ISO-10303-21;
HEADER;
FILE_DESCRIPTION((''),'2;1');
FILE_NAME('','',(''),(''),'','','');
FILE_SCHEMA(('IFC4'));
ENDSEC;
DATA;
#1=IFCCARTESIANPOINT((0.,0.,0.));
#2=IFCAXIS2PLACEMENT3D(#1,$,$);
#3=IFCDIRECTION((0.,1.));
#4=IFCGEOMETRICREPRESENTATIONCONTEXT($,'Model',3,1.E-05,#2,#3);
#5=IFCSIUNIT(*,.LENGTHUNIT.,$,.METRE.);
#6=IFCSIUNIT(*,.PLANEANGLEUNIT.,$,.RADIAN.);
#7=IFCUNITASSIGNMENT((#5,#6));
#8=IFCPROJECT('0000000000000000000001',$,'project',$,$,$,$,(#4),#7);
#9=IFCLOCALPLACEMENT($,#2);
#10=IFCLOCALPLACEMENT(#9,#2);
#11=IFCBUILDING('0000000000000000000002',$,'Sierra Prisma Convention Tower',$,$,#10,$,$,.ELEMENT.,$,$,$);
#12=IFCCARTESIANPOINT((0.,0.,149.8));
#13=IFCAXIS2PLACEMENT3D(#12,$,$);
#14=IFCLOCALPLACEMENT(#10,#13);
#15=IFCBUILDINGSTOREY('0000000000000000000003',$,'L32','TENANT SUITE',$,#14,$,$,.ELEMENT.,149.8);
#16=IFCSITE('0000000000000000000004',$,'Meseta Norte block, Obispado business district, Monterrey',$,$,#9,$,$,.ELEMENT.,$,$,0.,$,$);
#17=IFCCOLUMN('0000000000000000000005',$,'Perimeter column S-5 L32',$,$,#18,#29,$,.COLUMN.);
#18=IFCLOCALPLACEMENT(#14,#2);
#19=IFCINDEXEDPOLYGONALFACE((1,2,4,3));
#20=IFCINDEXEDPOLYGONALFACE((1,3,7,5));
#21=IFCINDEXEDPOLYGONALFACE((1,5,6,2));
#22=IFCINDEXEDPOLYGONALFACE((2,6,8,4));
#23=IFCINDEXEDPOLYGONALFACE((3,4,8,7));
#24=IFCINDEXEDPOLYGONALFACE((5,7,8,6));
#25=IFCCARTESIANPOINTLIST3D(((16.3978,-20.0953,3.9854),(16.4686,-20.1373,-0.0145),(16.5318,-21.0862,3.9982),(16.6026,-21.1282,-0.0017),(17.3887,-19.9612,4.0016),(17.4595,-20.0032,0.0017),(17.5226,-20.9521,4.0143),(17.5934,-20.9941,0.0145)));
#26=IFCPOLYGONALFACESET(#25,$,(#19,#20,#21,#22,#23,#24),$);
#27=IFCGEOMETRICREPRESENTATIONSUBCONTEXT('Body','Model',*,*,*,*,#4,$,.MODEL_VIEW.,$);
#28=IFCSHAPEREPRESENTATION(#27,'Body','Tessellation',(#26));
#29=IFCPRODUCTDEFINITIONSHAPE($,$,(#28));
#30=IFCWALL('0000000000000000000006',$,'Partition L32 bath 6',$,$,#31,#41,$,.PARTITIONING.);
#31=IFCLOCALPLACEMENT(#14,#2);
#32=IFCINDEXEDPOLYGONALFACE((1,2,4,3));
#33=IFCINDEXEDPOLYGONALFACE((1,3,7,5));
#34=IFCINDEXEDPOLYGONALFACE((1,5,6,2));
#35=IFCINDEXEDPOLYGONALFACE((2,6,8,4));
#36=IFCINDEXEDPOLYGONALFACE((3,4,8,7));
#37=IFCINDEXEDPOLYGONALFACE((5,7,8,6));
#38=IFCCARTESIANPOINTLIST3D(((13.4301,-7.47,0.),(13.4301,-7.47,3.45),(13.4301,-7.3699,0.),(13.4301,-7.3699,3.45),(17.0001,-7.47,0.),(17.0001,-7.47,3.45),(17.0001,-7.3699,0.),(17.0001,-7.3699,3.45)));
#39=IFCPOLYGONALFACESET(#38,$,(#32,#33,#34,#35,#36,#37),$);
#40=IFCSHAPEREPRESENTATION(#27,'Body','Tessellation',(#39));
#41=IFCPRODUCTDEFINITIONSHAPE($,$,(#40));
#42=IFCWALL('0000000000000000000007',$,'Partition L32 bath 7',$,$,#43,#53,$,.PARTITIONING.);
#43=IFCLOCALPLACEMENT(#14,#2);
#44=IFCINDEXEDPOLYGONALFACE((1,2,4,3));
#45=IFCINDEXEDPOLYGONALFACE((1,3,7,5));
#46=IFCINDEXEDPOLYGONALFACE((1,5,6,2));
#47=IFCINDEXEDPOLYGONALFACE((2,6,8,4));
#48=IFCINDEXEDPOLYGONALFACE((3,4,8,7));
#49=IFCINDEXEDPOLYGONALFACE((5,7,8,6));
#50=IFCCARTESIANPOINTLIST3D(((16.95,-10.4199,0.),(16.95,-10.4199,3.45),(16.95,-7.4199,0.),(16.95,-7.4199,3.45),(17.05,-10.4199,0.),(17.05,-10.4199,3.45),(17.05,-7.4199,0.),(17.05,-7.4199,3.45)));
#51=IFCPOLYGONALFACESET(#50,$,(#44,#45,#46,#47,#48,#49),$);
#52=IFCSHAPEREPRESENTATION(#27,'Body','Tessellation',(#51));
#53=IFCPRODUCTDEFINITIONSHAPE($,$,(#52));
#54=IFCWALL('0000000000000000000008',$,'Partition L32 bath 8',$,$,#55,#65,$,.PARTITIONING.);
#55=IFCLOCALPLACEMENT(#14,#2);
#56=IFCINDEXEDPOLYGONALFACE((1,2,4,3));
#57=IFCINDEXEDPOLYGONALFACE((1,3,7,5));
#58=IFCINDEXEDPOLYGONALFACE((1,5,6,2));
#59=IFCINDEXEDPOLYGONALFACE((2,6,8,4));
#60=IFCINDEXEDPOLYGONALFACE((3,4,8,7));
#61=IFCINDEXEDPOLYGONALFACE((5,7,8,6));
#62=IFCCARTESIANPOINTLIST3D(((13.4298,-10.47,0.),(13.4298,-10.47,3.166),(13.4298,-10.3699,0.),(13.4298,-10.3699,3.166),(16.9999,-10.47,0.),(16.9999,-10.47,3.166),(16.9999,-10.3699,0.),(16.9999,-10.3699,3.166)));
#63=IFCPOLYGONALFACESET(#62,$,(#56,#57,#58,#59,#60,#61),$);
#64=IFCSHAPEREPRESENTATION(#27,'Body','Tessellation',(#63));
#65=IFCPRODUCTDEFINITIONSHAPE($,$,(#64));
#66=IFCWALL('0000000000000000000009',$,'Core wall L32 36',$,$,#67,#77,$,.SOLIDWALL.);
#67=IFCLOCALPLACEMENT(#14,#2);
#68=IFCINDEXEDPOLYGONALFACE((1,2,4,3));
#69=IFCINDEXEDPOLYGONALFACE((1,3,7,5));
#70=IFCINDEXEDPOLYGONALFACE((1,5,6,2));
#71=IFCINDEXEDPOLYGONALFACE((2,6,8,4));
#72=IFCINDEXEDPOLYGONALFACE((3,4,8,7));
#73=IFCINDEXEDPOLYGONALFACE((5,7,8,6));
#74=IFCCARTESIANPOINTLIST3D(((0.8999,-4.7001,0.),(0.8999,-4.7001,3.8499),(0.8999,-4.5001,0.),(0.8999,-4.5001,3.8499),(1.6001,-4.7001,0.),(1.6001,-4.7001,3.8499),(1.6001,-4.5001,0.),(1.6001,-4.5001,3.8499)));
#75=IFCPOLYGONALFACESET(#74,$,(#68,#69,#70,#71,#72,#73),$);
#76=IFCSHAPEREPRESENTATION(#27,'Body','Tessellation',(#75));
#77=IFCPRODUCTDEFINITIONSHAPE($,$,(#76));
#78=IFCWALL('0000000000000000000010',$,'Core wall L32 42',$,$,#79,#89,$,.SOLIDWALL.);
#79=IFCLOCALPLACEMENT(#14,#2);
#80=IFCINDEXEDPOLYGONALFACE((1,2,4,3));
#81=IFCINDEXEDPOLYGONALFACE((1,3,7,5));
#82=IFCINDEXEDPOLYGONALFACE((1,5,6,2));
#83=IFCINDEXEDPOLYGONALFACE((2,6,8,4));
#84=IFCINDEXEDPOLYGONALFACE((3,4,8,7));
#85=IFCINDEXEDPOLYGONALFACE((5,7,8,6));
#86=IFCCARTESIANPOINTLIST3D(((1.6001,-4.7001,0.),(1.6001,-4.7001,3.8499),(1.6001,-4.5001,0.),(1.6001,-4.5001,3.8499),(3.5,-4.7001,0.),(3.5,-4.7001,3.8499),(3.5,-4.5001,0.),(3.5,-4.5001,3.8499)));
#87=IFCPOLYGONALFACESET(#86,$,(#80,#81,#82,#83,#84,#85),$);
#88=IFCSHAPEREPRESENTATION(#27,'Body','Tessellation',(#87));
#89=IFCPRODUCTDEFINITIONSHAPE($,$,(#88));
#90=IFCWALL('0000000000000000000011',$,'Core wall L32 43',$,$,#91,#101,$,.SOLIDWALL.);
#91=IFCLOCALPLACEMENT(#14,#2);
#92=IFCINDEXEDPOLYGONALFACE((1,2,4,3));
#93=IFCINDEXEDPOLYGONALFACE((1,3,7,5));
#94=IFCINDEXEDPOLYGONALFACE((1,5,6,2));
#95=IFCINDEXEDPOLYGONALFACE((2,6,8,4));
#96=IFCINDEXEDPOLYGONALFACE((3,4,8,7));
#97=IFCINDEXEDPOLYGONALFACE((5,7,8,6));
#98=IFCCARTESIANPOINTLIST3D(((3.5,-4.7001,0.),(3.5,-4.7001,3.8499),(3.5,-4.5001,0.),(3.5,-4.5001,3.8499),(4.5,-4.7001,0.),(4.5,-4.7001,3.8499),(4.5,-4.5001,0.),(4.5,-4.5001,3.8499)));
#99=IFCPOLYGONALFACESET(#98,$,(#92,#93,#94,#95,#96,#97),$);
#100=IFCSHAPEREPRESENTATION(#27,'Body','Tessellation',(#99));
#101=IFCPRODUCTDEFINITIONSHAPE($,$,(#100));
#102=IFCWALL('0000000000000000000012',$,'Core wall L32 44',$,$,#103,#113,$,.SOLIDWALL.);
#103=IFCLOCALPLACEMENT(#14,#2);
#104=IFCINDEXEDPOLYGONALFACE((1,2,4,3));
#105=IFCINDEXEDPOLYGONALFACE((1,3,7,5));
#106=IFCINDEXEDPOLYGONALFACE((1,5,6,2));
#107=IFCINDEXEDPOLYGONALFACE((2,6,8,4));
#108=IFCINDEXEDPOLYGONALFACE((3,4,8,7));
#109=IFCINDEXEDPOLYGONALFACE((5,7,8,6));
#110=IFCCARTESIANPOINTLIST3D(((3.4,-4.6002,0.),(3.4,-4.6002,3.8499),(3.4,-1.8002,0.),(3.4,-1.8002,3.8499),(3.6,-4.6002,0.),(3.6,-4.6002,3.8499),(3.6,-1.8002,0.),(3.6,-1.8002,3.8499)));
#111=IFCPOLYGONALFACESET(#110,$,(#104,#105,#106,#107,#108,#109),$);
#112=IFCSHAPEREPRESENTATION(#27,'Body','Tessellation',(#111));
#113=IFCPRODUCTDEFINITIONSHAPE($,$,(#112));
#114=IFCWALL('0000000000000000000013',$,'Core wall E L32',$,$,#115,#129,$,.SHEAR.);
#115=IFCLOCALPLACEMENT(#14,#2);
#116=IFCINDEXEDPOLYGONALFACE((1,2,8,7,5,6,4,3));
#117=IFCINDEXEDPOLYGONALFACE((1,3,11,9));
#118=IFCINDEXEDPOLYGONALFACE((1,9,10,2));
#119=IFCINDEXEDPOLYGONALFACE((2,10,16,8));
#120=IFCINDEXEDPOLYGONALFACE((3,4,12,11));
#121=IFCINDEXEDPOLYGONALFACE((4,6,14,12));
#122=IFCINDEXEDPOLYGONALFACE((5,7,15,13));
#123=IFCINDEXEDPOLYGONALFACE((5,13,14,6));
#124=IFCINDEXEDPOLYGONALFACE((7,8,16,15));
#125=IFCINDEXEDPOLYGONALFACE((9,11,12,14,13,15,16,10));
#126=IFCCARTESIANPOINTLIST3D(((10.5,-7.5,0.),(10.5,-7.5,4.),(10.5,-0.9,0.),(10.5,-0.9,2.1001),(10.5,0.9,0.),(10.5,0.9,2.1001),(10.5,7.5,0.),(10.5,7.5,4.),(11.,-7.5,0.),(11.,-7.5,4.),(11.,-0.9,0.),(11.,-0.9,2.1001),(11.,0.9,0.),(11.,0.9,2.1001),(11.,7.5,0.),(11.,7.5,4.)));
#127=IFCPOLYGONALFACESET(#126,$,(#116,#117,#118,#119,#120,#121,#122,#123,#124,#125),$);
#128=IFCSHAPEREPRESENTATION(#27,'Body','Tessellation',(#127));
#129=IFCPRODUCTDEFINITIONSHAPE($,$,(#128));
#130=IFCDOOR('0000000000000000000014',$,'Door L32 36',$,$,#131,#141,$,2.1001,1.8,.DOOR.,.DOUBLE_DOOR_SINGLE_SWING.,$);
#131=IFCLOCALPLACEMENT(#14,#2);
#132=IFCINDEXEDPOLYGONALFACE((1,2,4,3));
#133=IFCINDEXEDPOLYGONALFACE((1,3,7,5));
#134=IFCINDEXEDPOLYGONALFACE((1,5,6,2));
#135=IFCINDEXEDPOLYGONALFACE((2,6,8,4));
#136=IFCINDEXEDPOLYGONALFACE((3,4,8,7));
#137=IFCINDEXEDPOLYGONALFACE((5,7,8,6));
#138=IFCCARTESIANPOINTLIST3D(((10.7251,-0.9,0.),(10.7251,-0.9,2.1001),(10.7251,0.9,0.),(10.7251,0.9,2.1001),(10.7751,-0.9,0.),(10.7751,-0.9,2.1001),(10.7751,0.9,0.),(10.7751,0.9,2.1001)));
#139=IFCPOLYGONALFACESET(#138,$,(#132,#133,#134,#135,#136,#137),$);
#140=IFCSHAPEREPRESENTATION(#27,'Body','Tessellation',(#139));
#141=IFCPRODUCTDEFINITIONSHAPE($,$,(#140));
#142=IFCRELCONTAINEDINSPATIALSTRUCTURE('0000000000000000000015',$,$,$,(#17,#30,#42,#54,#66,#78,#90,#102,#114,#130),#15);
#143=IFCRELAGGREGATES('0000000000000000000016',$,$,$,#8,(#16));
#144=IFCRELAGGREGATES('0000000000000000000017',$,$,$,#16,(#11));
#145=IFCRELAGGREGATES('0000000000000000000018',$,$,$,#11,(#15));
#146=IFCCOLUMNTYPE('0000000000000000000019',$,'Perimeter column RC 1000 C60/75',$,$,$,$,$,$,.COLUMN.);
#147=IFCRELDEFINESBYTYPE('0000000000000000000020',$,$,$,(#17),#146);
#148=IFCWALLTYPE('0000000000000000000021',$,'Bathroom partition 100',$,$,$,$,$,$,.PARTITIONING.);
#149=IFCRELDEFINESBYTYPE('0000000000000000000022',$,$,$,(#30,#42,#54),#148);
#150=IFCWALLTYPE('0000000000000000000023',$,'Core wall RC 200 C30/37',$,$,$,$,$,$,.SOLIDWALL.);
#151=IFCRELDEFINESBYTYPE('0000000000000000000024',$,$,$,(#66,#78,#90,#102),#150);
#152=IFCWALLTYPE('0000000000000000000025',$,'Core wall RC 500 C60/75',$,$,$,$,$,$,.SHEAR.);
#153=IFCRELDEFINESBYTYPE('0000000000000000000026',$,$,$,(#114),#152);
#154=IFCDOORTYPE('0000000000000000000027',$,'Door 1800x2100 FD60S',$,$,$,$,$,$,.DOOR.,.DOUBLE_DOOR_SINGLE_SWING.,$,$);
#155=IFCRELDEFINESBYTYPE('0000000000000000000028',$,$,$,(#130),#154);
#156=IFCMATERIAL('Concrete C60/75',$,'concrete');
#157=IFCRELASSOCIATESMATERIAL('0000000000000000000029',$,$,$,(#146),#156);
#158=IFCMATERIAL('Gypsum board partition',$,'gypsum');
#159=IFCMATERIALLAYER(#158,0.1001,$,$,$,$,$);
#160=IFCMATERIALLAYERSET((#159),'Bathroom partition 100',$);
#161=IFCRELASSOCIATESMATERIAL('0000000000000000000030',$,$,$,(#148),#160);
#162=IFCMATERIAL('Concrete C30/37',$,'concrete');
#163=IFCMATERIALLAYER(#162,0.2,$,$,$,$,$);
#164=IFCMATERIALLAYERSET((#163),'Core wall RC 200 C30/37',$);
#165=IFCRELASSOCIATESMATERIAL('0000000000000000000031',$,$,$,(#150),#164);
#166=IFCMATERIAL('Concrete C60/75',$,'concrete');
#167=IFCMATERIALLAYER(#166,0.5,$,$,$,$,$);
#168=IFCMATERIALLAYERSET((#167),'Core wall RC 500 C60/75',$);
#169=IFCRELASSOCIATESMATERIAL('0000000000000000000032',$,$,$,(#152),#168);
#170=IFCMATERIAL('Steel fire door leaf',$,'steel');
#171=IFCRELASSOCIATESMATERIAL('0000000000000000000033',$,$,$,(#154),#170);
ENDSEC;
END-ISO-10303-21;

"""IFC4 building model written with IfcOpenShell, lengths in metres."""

from ifc_helpers import new_model, si_unit, direction, frame, frame_2d, origin, origin_2d, place, context, subcontext, project, spatial, rectangle, extrude, material, layer, layer_set, material_profile, profile_set, type_object, element, fill, save


model = new_model("IFC4")

# Units and contexts
model_context = context("Model", 3, precision=1e-05, world=origin(), true_north=direction((0.0, 1.0)))
body_context = subcontext(model_context, "Body", "Model", "MODEL_VIEW")
ifc_project = project(units=[si_unit("LENGTHUNIT", "METRE"), si_unit("PLANEANGLEUNIT", "RADIAN")], contexts=[model_context])

# Site, building, storey
site_placement = place(None, origin())
site = spatial("IfcSite", under=ifc_project, at=site_placement, Name="Meseta Norte block, Obispado business district, Monterrey", CompositionType="ELEMENT", RefElevation=0.0)
building_placement = place(site_placement, origin())
building = spatial("IfcBuilding", under=site, at=building_placement, Name="Sierra Prisma Convention Tower", CompositionType="ELEMENT")
storey_placement = place(building_placement, frame((0.0, 0.0, 149.8)))
storey = spatial("IfcBuildingStorey", under=building, at=storey_placement, Name="L32", Description="TENANT SUITE", CompositionType="ELEMENT", Elevation=149.8)

# Column
ifc_material_1 = material(Name="Concrete C60/75", Category="concrete")
ifc_material_profile = material_profile(ifc_material_1, rectangle(XDim=1.0, YDim=1.0, at=origin_2d()), Name="Perimeter column RC 1000 C60/75")
ifc_profile_set = profile_set([ifc_material_profile], Name="Concrete C60/75")
column_type = type_object("IfcColumnType", Name="Perimeter column RC 1000 C60/75", PredefinedType="COLUMN", material=ifc_profile_set)
column_placement = place(storey_placement, frame((17.031, -20.5657, 0.0), z_axis=(-0.017696, 0.010496, 0.999788), x_axis=(0.990832, 0.13413, 0.01613)))
element("IfcColumn", 1, at=column_placement, inside=storey, type_object=column_type, Name="Perimeter column S-5 L32", PredefinedType="COLUMN", context=body_context, shape_type="SweptSolid", body=[
    extrude(rectangle(XDim=1.0, YDim=1.0, at=origin_2d()), origin(), (0.0, 0.0, 1.0), 4.0007),
])

# Walls
ifc_material_2 = material(Name="Gypsum board partition", Category="gypsum")
ifc_layer_1 = layer(ifc_material_2, 0.1001)
ifc_layer_set_1 = layer_set([ifc_layer_1], Name="Bathroom partition 100")
wall_type_1 = type_object("IfcWallType", Name="Bathroom partition 100", PredefinedType="PARTITIONING", material=ifc_layer_set_1)
wall_1_placement = place(storey_placement, frame((13.4299, -7.4199, 0.0), z_axis=(0.0, 0.0, 1.0), x_axis=(1.0, 0.0, 0.0)))
element("IfcWall", 2, at=wall_1_placement, inside=storey, type_object=wall_type_1, Name="Partition L32 bath 6", PredefinedType="PARTITIONING", context=body_context, shape_type="SweptSolid", body=[
    extrude(rectangle(XDim=3.5701, YDim=0.1001, at=frame_2d((1.7852, 0.0))), origin(), (0.0, 0.0, 1.0), 3.45),
])
wall_2_placement = place(storey_placement, frame((17.0, -7.4199, 0.0), z_axis=(0.0, 0.0, 1.0), x_axis=(0.0, -1.0, 0.0)))
element("IfcWall", 3, at=wall_2_placement, inside=storey, type_object=wall_type_1, Name="Partition L32 bath 7", PredefinedType="PARTITIONING", context=body_context, shape_type="SweptSolid", body=[
    extrude(rectangle(XDim=3.0, YDim=0.1001, at=frame_2d((1.5, 0.0))), origin(), (0.0, 0.0, 1.0), 3.45),
])
wall_3_placement = place(storey_placement, frame((17.0, -10.4199, 0.0), z_axis=(0.0, 0.0, 1.0), x_axis=(-1.0, 0.0, 0.0)))
element("IfcWall", 4, at=wall_3_placement, inside=storey, type_object=wall_type_1, Name="Partition L32 bath 8", PredefinedType="PARTITIONING", context=body_context, shape_type="SweptSolid", body=[
    extrude(rectangle(XDim=3.5701, YDim=0.1001, at=frame_2d((1.7852, 0.0))), origin(), (0.0, 0.0, 1.0), 3.166),
])
ifc_material_3 = material(Name="Concrete C30/37", Category="concrete")
ifc_layer_2 = layer(ifc_material_3, 0.2)
ifc_layer_set_2 = layer_set([ifc_layer_2], Name="Core wall RC 200 C30/37")
wall_type_2 = type_object("IfcWallType", Name="Core wall RC 200 C30/37", PredefinedType="SOLIDWALL", material=ifc_layer_set_2)
wall_4_placement = place(storey_placement, frame((0.8999, -4.6001, 0.0), z_axis=(0.0, 0.0, 1.0), x_axis=(1.0, 0.0, 0.0)))
element("IfcWall", 5, at=wall_4_placement, inside=storey, type_object=wall_type_2, Name="Core wall L32 36", PredefinedType="SOLIDWALL", context=body_context, shape_type="SweptSolid", body=[
    extrude(rectangle(XDim=0.7002, YDim=0.2, at=frame_2d((0.3501, 0.0))), origin(), (0.0, 0.0, 1.0), 3.8499),
])

# Walls
wall_5_placement = place(storey_placement, frame((3.5, -4.6001, 0.0), z_axis=(0.0, 0.0, 1.0), x_axis=(-1.0, 0.0, 0.0)))
element("IfcWall", 6, at=wall_5_placement, inside=storey, type_object=wall_type_2, Name="Core wall L32 42", PredefinedType="SOLIDWALL", context=body_context, shape_type="SweptSolid", body=[
    extrude(rectangle(XDim=1.8999, YDim=0.2, at=frame_2d((0.95, 0.0))), origin(), (0.0, 0.0, 1.0), 3.8499),
])
wall_6_placement = place(storey_placement, frame((4.5, -4.6001, 0.0), z_axis=(0.0, 0.0, 1.0), x_axis=(-1.0, 0.0, 0.0)))
element("IfcWall", 7, at=wall_6_placement, inside=storey, type_object=wall_type_2, Name="Core wall L32 43", PredefinedType="SOLIDWALL", context=body_context, shape_type="SweptSolid", body=[
    extrude(rectangle(XDim=1.0, YDim=0.2, at=frame_2d((0.5, 0.0))), origin(), (0.0, 0.0, 1.0), 3.8499),
])
wall_7_placement = place(storey_placement, frame((3.5, -4.6001, 0.0), z_axis=(0.0, 0.0, 1.0), x_axis=(0.0, 1.0, 0.0)))
element("IfcWall", 8, at=wall_7_placement, inside=storey, type_object=wall_type_2, Name="Core wall L32 44", PredefinedType="SOLIDWALL", context=body_context, shape_type="SweptSolid", body=[
    extrude(rectangle(XDim=2.8, YDim=0.2, at=frame_2d((1.3999, 0.0))), origin(), (0.0, 0.0, 1.0), 3.8499),
])

# Wall, opening, door
ifc_material_4 = material(Name="Concrete C60/75", Category="concrete")
ifc_layer_3 = layer(ifc_material_4, 0.5)
ifc_layer_set_3 = layer_set([ifc_layer_3], Name="Core wall RC 500 C60/75")
wall_type_3 = type_object("IfcWallType", Name="Core wall RC 500 C60/75", PredefinedType="SHEAR", material=ifc_layer_set_3)
wall_8_placement = place(storey_placement, frame((10.75, -7.5, 0.0), z_axis=(0.0, 0.0, 1.0), x_axis=(0.0, 1.0, 0.0)))
wall_8 = element("IfcWall", 9, at=wall_8_placement, inside=storey, type_object=wall_type_3, Name="Core wall E L32", PredefinedType="SHEAR", context=body_context, shape_type="SweptSolid", body=[
    extrude(rectangle(XDim=15.0, YDim=0.5, at=frame_2d((7.5, 0.0))), origin(), (0.0, 0.0, 1.0), 4.0),
])
opening_1_placement = place(wall_8_placement, frame((6.6001, 0.0, 0.0)))
opening_1 = element("IfcOpeningElement", 10, at=opening_1_placement, cuts=wall_8, PredefinedType="OPENING", context=body_context, shape_type="SweptSolid", body=[
    extrude(rectangle(XDim=1.8, YDim=2.1001, at=frame_2d((0.8999, 1.05))), frame((0.0, 0.25, 0.0), z_axis=(0.0, -1.0, 0.0), x_axis=(1.0, 0.0, 0.0)), (0.0, 0.0, 1.0), 0.5),
])
ifc_material_5 = material(Name="Steel fire door leaf", Category="steel")
door_type_1 = type_object("IfcDoorType", Name="Door 1800x2100 FD60S", OperationType="DOUBLE_DOOR_SINGLE_SWING", PredefinedType="DOOR", material=ifc_material_5)
door_1_placement = place(opening_1_placement, origin())
door_1 = element("IfcDoor", 11, at=door_1_placement, inside=storey, type_object=door_type_1, Name="Door L32 36", OperationType="DOUBLE_DOOR_SINGLE_SWING", OverallHeight=2.1001, OverallWidth=1.8, PredefinedType="DOOR", context=body_context, shape_type="SweptSolid", body=[
    extrude(rectangle(XDim=1.8, YDim=2.1001, at=frame_2d((0.8999, 1.05))), frame((0.0, 0.0249, 0.0), z_axis=(0.0, -1.0, 0.0), x_axis=(1.0, 0.0, 0.0)), (0.0, 0.0, 1.0), 0.05),
])
fill(opening_1, door_1)

save(model, "model.ifc")
